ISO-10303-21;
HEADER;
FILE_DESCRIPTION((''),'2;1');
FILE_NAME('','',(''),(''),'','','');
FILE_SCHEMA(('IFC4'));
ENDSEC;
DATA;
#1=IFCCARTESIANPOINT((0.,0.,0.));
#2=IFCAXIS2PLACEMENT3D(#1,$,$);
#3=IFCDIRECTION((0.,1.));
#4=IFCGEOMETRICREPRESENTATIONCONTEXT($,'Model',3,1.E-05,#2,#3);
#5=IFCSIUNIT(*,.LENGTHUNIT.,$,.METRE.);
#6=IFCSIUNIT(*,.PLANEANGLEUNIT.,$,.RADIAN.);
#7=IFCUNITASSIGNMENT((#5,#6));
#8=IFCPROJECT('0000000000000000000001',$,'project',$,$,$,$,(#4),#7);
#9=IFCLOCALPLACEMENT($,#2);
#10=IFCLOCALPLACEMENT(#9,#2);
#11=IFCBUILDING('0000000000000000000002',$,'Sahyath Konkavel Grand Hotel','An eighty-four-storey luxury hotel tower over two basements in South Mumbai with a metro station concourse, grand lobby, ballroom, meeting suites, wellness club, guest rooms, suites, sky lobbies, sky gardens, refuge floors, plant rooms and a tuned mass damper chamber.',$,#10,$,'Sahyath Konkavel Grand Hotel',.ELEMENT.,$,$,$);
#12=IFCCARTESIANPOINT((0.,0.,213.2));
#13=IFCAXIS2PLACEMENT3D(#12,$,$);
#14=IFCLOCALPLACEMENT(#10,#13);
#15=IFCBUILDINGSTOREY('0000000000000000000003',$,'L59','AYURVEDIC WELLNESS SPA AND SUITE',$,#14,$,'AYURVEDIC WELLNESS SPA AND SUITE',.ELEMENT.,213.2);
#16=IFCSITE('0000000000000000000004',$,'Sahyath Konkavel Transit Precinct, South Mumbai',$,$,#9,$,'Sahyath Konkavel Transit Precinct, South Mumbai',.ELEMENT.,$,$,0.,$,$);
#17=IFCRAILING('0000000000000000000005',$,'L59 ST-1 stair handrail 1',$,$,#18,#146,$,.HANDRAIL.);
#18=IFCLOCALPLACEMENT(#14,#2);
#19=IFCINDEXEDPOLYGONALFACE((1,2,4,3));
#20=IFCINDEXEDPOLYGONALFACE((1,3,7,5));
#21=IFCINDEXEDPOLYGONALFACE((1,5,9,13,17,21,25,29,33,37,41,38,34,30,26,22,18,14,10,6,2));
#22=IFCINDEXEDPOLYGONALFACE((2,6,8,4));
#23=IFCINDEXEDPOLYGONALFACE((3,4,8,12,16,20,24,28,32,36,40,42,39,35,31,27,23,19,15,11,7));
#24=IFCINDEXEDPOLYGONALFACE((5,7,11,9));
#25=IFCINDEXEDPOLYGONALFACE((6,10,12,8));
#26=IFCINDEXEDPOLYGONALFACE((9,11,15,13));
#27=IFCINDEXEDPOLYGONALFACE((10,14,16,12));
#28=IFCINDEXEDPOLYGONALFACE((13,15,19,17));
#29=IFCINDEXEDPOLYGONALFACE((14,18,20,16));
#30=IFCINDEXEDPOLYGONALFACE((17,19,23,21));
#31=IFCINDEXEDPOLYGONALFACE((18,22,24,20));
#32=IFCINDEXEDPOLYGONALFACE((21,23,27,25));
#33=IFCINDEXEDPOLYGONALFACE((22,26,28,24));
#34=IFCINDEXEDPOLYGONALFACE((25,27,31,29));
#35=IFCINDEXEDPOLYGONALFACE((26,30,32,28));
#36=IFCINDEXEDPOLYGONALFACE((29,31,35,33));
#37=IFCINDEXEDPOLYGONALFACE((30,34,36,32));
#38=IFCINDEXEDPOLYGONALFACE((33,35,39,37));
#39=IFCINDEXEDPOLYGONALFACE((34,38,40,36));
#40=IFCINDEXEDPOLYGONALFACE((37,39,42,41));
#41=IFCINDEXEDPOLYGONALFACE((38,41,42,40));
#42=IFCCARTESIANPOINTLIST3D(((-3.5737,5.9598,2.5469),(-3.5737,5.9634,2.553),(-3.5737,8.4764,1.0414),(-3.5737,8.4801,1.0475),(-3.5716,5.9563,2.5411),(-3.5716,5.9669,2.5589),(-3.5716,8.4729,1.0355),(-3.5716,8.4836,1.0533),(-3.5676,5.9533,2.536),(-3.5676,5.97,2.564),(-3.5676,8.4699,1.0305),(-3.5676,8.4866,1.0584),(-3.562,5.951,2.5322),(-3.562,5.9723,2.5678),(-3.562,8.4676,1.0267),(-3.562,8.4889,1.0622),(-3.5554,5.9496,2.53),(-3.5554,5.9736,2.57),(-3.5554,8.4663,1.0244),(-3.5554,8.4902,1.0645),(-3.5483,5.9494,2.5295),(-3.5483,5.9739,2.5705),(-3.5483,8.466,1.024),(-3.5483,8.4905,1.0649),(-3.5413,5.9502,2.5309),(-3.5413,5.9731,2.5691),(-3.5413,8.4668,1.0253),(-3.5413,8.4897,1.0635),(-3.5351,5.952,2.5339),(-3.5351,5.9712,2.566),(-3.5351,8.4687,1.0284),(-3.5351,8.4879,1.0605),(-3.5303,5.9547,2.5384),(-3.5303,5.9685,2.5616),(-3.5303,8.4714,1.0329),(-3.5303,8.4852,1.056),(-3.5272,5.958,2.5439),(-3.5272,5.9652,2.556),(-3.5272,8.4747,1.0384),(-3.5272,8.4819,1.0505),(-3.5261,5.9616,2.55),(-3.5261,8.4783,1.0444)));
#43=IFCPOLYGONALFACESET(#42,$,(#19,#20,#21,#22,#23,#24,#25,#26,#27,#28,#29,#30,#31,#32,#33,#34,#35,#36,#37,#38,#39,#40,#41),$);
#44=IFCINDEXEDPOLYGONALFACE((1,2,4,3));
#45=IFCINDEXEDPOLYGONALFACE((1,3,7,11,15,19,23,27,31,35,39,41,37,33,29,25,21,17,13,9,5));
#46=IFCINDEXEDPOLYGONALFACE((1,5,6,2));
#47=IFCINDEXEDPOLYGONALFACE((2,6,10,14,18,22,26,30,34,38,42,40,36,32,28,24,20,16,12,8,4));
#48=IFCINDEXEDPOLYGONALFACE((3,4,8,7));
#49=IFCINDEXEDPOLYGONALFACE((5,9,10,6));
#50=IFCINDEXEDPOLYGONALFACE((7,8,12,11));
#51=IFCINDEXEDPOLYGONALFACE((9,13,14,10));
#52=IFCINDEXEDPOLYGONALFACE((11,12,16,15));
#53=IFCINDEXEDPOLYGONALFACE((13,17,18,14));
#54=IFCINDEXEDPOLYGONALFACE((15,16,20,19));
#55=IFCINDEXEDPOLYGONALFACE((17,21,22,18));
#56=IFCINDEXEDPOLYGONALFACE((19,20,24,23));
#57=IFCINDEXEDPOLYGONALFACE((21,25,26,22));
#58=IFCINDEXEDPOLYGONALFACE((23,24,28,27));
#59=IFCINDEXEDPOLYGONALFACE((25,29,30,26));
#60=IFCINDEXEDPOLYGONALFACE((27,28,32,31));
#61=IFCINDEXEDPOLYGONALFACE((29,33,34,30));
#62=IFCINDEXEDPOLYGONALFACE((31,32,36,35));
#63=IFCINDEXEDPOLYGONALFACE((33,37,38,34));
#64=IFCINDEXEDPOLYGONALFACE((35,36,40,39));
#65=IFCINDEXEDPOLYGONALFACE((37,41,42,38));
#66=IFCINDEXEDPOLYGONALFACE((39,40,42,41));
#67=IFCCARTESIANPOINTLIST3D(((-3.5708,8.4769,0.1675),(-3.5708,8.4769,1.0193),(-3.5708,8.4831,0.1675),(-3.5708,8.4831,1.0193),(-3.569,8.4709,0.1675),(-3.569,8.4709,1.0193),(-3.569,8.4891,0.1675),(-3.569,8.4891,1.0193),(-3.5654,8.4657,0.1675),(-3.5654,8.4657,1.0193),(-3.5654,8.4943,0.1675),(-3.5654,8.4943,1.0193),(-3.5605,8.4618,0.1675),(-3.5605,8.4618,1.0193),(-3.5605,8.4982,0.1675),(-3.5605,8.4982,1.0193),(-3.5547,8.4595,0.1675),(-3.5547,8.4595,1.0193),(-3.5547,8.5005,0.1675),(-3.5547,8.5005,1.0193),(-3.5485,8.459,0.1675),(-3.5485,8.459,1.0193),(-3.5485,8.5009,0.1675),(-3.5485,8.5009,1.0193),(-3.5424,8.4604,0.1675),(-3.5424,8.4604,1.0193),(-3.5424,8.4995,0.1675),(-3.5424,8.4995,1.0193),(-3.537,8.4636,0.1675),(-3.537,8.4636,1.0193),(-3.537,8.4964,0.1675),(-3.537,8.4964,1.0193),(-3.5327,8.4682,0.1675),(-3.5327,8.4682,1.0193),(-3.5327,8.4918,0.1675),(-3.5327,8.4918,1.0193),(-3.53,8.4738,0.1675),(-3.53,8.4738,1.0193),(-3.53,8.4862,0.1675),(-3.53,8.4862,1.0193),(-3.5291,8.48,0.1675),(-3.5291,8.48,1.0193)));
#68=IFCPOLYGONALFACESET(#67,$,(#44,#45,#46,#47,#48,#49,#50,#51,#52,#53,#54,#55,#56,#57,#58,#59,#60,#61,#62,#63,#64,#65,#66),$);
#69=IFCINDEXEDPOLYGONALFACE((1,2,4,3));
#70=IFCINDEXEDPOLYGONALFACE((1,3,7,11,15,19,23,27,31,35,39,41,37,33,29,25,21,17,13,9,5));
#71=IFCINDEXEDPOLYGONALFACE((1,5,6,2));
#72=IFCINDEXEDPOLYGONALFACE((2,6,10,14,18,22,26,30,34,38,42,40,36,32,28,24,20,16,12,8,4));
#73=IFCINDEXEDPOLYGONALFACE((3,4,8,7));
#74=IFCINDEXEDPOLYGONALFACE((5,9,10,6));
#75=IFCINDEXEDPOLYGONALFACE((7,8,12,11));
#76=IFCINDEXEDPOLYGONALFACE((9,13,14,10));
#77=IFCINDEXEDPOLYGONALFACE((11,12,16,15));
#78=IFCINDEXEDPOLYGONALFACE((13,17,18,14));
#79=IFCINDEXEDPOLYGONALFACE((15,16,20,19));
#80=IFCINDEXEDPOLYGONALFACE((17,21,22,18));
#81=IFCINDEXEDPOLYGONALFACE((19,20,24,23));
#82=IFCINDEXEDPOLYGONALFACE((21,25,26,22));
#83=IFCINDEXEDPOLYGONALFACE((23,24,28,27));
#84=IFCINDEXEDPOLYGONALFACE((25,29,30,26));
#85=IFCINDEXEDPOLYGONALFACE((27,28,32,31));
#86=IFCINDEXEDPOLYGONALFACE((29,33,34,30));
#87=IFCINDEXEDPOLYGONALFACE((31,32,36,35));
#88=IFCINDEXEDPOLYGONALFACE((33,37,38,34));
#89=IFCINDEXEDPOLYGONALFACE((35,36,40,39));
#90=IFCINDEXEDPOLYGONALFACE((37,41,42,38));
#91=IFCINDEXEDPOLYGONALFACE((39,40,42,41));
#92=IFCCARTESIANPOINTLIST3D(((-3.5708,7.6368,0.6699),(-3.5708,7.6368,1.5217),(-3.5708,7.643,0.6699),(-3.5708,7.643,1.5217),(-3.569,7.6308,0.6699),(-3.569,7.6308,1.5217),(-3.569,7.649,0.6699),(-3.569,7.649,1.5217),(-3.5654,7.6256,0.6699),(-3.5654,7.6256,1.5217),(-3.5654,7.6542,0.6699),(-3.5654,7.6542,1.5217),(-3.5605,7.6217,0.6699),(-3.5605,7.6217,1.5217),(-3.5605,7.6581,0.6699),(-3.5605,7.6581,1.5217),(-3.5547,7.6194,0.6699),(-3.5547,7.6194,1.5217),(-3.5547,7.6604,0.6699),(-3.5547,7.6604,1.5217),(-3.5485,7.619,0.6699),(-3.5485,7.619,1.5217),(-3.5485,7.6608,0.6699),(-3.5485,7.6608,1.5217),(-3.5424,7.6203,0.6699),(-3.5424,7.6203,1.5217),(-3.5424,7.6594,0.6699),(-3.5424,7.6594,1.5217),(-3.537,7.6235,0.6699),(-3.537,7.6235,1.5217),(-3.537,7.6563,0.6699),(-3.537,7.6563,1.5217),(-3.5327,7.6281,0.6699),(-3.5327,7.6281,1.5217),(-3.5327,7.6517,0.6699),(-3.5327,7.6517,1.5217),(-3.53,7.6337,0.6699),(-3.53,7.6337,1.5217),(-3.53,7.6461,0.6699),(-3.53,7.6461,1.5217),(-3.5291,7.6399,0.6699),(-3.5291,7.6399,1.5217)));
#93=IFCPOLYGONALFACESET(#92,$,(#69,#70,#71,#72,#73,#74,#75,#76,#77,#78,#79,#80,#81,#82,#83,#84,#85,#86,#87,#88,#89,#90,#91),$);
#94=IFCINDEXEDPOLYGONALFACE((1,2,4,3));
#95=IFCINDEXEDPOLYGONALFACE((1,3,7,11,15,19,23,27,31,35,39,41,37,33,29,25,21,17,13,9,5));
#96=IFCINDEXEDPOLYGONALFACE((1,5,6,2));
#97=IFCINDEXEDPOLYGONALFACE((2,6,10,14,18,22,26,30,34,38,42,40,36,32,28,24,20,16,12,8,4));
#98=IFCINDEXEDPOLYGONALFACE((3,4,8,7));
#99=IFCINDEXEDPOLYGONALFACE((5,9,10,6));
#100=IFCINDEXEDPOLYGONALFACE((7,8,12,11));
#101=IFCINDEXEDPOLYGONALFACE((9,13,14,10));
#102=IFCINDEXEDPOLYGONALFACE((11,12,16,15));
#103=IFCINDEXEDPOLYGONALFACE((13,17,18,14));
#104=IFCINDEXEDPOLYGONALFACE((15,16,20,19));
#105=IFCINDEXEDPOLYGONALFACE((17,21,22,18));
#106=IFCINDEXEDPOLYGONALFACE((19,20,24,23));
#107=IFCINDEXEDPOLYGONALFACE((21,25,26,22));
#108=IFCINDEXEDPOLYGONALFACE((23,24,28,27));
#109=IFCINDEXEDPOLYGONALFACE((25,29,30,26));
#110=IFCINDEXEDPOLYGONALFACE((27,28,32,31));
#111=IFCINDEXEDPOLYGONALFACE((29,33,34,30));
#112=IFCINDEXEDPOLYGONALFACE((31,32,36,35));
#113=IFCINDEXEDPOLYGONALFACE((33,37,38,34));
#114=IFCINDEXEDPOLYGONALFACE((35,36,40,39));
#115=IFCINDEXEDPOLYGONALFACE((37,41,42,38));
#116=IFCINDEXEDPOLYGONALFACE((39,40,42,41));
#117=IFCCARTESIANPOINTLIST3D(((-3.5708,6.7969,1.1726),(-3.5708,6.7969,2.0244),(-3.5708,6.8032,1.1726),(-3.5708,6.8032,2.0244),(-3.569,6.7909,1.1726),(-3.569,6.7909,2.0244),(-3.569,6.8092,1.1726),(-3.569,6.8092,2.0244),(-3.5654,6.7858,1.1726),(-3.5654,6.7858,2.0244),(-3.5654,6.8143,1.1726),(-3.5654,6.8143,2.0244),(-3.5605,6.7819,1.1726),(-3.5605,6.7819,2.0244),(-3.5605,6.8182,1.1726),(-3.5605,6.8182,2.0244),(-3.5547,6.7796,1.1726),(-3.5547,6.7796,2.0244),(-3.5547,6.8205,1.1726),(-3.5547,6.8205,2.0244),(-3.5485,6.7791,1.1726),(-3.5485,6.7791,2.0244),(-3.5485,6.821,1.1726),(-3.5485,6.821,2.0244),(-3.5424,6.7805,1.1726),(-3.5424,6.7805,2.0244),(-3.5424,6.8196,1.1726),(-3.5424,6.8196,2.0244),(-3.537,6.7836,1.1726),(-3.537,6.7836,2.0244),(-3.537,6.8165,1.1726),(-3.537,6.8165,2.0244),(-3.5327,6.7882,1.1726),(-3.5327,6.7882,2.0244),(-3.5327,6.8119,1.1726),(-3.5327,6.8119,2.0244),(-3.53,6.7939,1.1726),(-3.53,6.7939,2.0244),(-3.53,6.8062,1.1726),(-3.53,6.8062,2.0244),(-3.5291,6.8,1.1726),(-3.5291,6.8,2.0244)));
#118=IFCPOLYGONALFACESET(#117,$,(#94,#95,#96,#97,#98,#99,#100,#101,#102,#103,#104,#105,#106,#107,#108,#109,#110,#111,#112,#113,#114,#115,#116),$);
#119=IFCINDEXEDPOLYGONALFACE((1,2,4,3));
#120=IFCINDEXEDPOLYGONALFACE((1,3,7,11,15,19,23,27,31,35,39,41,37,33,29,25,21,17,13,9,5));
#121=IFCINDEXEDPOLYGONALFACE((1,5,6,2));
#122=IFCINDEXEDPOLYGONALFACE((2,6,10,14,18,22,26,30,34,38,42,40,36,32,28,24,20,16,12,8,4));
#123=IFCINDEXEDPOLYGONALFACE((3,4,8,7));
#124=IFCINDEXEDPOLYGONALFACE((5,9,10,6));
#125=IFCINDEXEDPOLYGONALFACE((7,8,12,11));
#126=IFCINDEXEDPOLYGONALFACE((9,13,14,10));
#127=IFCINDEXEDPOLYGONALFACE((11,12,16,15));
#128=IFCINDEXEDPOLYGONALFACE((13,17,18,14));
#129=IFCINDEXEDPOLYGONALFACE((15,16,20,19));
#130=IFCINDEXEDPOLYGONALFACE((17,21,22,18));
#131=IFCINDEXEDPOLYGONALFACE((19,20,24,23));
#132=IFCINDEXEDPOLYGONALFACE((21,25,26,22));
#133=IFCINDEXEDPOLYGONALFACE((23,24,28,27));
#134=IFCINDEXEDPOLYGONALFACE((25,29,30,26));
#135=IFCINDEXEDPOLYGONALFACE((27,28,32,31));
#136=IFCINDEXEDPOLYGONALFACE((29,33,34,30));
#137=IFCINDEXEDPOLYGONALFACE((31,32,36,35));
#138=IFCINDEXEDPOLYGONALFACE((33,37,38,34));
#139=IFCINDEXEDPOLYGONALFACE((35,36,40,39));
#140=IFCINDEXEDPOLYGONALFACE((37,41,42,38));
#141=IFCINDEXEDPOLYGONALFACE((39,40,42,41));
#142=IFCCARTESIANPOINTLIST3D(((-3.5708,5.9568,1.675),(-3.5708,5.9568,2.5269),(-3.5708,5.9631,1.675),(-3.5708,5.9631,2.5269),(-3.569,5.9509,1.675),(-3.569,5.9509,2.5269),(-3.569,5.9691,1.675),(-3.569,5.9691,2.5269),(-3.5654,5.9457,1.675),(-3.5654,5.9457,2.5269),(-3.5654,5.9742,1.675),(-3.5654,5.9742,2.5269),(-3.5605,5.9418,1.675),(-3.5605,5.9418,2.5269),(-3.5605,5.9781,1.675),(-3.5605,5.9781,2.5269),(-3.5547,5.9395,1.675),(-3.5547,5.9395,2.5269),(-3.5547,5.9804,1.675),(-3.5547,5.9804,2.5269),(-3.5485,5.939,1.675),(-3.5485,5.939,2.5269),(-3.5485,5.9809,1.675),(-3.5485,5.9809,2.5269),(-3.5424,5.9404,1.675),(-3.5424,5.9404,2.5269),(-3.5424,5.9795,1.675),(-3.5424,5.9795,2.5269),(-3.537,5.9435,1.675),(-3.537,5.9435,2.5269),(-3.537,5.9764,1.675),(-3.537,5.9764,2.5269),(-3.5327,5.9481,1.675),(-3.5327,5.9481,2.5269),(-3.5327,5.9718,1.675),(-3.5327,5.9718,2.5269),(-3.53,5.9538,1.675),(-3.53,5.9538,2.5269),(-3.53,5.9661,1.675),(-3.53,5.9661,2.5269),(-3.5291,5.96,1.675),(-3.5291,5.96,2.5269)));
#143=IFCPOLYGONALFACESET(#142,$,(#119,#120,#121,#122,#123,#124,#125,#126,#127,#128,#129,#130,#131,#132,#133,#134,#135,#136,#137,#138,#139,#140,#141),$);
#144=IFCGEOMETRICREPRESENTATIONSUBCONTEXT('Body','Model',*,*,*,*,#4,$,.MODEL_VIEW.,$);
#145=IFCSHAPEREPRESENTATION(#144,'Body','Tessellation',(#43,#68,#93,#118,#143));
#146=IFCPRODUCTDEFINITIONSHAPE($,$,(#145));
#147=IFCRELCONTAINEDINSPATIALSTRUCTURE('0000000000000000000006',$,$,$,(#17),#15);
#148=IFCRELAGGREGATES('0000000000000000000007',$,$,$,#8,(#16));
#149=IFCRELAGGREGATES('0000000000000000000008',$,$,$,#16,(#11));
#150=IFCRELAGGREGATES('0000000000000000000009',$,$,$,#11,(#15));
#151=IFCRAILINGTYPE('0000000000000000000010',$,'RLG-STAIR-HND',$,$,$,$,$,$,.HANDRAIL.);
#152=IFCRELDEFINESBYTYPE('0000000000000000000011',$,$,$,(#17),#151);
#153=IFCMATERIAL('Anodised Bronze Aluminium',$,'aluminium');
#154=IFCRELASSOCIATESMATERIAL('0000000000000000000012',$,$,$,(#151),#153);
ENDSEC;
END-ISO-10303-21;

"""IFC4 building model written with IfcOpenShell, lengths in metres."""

from ifc_helpers import new_model, si_unit, direction, frame, origin, origin_2d, place, context, subcontext, project, spatial, circle, extrude, material, type_object, element, save


model = new_model("IFC4")

# Units and contexts
model_context = context("Model", 3, precision=1e-05, world=origin(), true_north=direction((0.0, 1.0)))
body_context = subcontext(model_context, "Body", "Model", "MODEL_VIEW")
ifc_project = project(units=[si_unit("LENGTHUNIT", "METRE"), si_unit("PLANEANGLEUNIT", "RADIAN")], contexts=[model_context])

# Site, building, storey
site_placement = place(None, origin())
site = spatial("IfcSite", under=ifc_project, at=site_placement, Name="Sahyath Konkavel Transit Precinct, South Mumbai", LongName="Sahyath Konkavel Transit Precinct, South Mumbai", CompositionType="ELEMENT", RefElevation=0.0)
building_placement = place(site_placement, origin())
building = spatial("IfcBuilding", under=site, at=building_placement, Name="Sahyath Konkavel Grand Hotel", Description="An eighty-four-storey luxury hotel tower over two basements in South Mumbai with a metro station concourse, grand lobby, ballroom, meeting suites, wellness club, guest rooms, suites, sky lobbies, sky gardens, refuge floors, plant rooms and a tuned mass damper chamber.", LongName="Sahyath Konkavel Grand Hotel", CompositionType="ELEMENT")
storey_placement = place(building_placement, frame((0.0, 0.0, 213.2)))
storey = spatial("IfcBuildingStorey", under=building, at=storey_placement, Name="L59", Description="AYURVEDIC WELLNESS SPA AND SUITE", LongName="AYURVEDIC WELLNESS SPA AND SUITE", CompositionType="ELEMENT", Elevation=213.2)

# Shared definitions
ifc_material_1 = material(Name="Anodised Bronze Aluminium", Category="aluminium")

# Railing
railing_type_1 = type_object("IfcRailingType", Name="RLG-STAIR-HND", PredefinedType="HANDRAIL", material=ifc_material_1)
railing_1_placement = place(storey_placement, frame((-3.55, 8.48, 0.1675)))
element("IfcRailing", 1, at=railing_1_placement, inside=storey, type_object=railing_type_1, Name="L59 ST-1 stair handrail 1", PredefinedType="HANDRAIL", context=body_context, shape_type="SweptSolid", body=[
    extrude(circle(Radius=0.0239, at=origin_2d()), frame((0.0, -0.0017, 0.877), z_axis=(0.0, -0.85816, 0.513383), x_axis=(1.0, 0.0, 0.0)), (0.0, 0.0, 1.0), 2.9326),
    extrude(circle(Radius=0.021, at=origin_2d()), origin(), (0.0, 0.0, 1.0), 0.8518),
    extrude(circle(Radius=0.021, at=origin_2d()), frame((0.0, -0.8401, 0.5024)), (0.0, 0.0, 1.0), 0.8518),
    extrude(circle(Radius=0.021, at=origin_2d()), frame((0.0, -1.6799, 1.0051)), (0.0, 0.0, 1.0), 0.8518),
    extrude(circle(Radius=0.021, at=origin_2d()), frame((0.0, -2.52, 1.5076)), (0.0, 0.0, 1.0), 0.8518),
])

save(model, "model.ifc")
